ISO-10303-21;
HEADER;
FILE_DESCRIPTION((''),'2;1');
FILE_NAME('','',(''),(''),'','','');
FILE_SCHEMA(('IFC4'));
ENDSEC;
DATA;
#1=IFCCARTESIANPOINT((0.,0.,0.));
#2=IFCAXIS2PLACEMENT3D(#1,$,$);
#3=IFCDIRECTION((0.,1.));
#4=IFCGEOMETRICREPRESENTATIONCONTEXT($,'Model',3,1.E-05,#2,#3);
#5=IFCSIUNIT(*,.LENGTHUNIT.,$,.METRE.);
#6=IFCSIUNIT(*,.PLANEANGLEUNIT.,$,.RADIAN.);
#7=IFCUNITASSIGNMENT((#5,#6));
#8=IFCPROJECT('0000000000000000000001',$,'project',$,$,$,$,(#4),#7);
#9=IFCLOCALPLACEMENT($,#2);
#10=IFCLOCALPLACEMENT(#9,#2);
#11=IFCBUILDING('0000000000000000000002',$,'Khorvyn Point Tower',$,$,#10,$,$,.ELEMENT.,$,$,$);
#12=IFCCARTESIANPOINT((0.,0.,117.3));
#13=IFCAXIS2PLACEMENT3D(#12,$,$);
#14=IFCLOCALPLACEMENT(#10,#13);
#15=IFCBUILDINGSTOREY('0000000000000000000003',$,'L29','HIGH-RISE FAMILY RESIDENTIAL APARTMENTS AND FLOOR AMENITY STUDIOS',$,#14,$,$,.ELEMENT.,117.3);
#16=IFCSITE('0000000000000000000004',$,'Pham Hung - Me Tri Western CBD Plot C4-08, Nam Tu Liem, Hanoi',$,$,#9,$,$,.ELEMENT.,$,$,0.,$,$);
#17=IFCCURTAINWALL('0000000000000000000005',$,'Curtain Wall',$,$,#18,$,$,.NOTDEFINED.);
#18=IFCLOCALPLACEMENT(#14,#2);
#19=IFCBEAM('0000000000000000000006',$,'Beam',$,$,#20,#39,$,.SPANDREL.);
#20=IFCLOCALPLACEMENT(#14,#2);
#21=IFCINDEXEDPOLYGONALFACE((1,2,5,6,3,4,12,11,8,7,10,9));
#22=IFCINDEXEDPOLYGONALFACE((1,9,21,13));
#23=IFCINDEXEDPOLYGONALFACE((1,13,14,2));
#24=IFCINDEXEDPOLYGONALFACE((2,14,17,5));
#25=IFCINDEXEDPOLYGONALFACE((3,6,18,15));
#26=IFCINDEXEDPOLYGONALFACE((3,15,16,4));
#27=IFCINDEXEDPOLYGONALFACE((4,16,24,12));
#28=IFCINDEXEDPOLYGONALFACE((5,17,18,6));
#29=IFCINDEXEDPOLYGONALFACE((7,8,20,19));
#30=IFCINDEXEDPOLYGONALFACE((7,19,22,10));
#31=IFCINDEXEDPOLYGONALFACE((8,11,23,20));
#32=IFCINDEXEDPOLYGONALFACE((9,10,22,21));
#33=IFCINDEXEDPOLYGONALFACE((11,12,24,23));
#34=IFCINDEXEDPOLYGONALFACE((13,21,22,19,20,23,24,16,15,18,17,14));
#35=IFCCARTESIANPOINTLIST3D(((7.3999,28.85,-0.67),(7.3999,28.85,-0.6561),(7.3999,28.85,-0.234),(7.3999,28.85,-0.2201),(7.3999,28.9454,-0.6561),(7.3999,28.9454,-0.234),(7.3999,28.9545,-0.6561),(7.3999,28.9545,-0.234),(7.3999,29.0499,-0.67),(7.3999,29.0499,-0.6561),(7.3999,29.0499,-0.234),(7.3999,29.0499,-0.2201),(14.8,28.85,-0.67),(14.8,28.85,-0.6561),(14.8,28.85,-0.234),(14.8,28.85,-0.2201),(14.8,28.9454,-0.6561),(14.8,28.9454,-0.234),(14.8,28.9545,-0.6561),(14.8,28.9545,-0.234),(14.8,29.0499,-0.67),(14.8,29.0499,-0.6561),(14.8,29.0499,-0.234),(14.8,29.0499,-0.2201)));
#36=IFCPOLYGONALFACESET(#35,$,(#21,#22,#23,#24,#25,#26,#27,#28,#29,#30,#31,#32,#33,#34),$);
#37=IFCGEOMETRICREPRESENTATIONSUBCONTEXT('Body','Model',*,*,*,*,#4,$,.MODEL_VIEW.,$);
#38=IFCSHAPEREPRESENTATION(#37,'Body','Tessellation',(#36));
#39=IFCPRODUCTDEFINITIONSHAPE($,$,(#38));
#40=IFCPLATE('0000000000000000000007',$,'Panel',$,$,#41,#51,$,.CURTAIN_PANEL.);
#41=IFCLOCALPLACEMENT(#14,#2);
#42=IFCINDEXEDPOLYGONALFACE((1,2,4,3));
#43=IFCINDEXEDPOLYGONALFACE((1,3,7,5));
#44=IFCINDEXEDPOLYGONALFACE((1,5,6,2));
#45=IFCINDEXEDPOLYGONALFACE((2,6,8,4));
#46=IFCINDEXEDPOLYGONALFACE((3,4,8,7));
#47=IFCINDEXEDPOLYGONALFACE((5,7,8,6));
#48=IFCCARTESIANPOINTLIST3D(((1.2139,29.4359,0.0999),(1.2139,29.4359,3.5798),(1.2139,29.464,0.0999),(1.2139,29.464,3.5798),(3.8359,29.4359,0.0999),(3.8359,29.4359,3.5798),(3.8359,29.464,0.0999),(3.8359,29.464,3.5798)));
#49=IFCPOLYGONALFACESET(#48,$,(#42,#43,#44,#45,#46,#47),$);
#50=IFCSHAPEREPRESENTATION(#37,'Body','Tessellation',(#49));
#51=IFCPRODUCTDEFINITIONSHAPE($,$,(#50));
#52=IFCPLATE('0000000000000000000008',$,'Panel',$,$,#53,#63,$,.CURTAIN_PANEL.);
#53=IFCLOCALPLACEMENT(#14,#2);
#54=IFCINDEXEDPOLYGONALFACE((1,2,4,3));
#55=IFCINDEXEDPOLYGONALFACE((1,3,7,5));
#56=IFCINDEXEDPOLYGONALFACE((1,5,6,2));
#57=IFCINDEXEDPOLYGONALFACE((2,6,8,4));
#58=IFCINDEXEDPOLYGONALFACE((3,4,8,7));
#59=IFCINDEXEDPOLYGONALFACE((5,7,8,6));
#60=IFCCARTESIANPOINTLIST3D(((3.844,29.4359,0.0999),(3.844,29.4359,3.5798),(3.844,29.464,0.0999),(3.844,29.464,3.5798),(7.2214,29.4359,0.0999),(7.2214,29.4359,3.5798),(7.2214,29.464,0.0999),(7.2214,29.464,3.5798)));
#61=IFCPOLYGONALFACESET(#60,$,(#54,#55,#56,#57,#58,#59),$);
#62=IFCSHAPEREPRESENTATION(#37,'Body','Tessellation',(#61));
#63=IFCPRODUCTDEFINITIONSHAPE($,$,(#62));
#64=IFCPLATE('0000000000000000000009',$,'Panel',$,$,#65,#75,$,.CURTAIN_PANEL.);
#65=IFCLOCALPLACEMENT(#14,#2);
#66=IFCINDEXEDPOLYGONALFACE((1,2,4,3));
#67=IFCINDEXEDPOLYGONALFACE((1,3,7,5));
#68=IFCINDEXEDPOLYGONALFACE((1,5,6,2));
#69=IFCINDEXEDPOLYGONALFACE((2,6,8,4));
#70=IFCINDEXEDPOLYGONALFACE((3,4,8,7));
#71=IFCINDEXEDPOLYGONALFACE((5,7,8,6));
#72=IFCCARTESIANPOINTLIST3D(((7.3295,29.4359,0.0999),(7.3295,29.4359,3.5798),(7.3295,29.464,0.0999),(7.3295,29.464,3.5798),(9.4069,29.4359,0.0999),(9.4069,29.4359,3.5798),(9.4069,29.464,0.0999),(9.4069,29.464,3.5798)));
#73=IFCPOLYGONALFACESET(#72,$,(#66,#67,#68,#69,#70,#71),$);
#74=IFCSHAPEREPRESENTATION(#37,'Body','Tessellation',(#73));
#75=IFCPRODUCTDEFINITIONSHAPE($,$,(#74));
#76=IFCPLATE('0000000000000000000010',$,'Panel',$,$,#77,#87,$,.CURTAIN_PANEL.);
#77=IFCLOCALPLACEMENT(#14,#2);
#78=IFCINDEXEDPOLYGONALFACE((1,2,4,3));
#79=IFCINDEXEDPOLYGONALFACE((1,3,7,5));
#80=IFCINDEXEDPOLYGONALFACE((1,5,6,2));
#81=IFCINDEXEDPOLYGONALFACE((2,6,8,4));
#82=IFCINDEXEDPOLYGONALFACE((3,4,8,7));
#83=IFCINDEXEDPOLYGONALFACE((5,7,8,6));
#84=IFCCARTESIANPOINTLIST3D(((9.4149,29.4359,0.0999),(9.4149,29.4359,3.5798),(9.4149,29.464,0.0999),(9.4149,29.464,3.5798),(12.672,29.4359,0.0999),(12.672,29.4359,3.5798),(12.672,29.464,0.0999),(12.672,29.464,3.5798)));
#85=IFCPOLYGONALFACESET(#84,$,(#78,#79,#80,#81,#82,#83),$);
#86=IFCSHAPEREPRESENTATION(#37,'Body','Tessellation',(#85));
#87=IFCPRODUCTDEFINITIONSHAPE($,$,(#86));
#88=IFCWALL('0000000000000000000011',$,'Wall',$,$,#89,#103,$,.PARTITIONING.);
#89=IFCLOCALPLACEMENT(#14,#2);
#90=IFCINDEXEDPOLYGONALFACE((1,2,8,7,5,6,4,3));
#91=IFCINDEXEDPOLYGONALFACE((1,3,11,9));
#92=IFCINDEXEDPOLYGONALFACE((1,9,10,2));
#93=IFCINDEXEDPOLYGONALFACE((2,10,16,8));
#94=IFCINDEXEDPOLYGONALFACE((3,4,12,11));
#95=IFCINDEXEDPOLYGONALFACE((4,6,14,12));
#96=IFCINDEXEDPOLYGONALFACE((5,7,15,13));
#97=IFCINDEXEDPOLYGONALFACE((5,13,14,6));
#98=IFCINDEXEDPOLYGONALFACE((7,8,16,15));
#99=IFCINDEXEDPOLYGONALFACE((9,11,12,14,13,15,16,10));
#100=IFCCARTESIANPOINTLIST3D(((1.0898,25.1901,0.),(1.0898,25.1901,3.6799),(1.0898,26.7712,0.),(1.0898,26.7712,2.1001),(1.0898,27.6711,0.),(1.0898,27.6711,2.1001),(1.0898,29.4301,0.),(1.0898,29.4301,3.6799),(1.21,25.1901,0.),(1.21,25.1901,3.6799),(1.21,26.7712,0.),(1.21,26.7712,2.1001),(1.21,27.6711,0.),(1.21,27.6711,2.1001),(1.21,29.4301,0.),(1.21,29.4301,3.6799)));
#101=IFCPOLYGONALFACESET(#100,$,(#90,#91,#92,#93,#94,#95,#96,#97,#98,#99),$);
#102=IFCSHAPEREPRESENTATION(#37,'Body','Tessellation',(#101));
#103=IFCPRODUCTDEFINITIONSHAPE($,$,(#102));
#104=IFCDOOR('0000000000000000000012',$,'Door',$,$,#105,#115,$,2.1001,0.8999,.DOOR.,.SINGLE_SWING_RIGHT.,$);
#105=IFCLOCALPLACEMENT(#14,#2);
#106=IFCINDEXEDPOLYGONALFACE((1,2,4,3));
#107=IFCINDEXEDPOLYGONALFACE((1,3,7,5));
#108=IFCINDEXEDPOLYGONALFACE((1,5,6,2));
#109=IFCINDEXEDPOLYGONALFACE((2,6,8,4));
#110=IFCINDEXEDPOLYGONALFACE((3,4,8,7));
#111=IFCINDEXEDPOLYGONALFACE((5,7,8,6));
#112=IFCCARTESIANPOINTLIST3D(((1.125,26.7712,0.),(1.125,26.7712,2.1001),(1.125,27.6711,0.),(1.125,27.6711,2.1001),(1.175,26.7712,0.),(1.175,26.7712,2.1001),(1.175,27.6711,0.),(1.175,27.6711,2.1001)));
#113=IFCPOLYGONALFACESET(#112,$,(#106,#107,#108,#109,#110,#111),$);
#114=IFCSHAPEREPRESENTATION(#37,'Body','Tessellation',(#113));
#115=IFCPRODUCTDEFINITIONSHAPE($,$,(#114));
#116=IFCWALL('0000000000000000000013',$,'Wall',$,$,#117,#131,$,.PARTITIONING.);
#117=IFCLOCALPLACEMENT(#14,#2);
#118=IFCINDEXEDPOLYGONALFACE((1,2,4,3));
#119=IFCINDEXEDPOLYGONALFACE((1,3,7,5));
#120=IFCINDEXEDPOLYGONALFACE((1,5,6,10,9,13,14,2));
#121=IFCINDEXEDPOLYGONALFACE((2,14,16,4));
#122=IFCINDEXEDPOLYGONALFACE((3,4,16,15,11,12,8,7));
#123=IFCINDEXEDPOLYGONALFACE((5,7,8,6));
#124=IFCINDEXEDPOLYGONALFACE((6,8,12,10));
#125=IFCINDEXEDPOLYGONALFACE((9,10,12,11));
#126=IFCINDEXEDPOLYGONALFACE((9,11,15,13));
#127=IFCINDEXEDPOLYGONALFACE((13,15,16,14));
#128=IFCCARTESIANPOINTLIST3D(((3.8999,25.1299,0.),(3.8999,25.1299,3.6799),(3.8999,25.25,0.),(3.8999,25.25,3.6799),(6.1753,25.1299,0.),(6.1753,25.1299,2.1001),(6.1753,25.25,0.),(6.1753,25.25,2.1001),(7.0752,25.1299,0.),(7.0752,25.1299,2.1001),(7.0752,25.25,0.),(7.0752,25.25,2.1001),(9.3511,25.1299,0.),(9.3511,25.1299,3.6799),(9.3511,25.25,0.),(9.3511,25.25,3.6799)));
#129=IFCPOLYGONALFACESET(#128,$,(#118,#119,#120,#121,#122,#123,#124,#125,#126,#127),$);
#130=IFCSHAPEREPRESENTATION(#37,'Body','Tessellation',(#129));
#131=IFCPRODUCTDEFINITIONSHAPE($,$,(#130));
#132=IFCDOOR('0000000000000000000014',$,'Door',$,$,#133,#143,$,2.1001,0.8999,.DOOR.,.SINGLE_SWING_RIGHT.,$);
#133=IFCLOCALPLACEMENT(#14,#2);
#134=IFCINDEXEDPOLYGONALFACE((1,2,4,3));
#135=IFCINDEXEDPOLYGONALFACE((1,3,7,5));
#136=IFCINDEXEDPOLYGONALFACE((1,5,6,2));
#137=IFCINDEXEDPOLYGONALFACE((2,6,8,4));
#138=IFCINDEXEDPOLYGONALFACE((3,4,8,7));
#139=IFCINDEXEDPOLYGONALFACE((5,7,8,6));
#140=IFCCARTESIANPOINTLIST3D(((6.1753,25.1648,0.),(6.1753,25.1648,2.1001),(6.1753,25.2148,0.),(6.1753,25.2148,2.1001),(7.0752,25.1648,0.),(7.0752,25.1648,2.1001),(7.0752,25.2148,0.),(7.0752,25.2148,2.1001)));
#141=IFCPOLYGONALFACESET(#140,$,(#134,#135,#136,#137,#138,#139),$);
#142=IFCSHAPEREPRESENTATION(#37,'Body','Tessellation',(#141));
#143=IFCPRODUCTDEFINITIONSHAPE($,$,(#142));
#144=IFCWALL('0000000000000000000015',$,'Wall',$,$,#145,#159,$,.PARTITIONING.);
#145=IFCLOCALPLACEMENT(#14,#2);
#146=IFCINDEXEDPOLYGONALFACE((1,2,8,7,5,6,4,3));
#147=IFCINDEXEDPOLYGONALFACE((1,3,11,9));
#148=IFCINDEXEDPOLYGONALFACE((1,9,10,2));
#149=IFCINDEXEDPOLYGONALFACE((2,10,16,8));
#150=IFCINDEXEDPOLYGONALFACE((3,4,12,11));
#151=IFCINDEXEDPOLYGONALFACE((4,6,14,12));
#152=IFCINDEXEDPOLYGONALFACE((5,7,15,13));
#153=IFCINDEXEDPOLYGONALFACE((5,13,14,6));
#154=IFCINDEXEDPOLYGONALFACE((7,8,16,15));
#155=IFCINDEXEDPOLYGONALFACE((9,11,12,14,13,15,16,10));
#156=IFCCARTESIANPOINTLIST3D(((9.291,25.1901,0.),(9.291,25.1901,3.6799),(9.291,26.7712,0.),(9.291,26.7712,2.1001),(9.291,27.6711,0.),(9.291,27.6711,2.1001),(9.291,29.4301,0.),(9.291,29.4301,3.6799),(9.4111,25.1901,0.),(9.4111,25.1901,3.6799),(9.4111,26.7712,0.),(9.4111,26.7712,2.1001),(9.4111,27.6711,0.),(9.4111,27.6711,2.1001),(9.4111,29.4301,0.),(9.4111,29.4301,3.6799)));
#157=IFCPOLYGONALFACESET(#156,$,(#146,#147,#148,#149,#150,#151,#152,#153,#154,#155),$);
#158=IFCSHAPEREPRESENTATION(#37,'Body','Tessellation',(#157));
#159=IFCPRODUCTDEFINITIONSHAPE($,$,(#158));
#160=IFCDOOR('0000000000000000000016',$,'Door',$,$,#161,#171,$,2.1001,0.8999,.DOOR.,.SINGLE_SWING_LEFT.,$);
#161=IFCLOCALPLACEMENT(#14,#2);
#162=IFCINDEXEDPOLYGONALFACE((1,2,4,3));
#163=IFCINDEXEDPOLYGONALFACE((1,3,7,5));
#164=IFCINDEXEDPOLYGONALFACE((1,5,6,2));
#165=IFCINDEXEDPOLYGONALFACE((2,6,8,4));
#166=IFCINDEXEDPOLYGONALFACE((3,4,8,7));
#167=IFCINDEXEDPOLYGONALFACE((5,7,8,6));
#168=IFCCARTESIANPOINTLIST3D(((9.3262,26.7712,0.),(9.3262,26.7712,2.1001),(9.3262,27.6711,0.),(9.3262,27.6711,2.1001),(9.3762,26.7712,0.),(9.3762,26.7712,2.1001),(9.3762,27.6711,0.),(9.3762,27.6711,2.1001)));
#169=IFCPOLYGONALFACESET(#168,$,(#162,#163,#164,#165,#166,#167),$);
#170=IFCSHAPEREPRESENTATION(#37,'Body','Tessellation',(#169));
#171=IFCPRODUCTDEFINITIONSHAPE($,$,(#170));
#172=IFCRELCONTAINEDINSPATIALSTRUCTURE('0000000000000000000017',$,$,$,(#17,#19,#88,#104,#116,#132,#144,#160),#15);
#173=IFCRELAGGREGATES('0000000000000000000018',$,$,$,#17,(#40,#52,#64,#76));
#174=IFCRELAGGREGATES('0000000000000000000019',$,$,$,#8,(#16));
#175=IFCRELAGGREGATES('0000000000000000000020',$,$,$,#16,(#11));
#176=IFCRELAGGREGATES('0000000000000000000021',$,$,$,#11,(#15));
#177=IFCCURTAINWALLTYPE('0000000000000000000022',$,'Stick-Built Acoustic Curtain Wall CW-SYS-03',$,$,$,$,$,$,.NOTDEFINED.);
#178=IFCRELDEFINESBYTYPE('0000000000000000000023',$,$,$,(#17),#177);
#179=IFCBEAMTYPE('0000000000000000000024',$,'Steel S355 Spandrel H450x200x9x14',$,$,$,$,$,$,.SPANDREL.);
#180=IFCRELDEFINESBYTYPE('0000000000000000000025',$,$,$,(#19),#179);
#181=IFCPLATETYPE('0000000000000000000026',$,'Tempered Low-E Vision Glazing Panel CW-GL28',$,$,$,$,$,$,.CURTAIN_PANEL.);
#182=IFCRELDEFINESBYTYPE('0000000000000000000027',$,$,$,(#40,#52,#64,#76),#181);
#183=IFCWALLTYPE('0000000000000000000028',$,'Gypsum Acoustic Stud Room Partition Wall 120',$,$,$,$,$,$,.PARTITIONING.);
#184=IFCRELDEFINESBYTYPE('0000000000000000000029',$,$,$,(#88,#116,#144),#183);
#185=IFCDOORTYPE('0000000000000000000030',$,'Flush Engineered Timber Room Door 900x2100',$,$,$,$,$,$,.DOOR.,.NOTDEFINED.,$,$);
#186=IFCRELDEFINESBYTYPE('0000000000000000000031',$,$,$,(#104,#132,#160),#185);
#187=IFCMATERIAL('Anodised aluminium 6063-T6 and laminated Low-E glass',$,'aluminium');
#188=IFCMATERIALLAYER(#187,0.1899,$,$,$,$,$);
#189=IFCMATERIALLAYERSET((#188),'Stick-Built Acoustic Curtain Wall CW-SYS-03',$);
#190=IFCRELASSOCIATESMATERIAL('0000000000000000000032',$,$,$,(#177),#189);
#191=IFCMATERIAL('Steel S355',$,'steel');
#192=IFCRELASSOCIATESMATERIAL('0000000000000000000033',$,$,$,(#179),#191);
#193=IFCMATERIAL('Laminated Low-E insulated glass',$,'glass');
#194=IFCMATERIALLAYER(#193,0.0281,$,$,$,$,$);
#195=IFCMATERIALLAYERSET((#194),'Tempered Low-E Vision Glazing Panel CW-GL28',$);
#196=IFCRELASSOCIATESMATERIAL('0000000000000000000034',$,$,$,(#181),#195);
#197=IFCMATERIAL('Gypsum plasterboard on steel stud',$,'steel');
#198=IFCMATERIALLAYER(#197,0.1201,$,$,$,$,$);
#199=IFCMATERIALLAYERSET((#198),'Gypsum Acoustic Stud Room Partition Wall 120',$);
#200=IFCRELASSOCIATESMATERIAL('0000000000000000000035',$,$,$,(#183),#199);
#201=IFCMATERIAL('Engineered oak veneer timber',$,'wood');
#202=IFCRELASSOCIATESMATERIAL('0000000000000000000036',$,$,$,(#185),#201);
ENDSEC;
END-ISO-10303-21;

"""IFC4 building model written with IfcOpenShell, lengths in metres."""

from ifc_helpers import new_model, si_unit, direction, frame, frame_2d, origin, origin_2d, place, context, subcontext, project, spatial, rectangle, i_section, extrude, material, layer, layer_set, material_profile, profile_set, type_object, element, fill, aggregate, save


model = new_model("IFC4")

# Units and contexts
model_context = context("Model", 3, precision=1e-05, world=origin(), true_north=direction((0.0, 1.0)))
body_context = subcontext(model_context, "Body", "Model", "MODEL_VIEW")
ifc_project = project(units=[si_unit("LENGTHUNIT", "METRE"), si_unit("PLANEANGLEUNIT", "RADIAN")], contexts=[model_context])

# Site, building, storey
site_placement = place(None, origin())
site = spatial("IfcSite", under=ifc_project, at=site_placement, Name="Pham Hung - Me Tri Western CBD Plot C4-08, Nam Tu Liem, Hanoi", CompositionType="ELEMENT", RefElevation=0.0)
building_placement = place(site_placement, origin())
building = spatial("IfcBuilding", under=site, at=building_placement, Name="Khorvyn Point Tower", CompositionType="ELEMENT")
storey_placement = place(building_placement, frame((0.0, 0.0, 117.3)))
storey = spatial("IfcBuildingStorey", under=building, at=storey_placement, Name="L29", Description="HIGH-RISE FAMILY RESIDENTIAL APARTMENTS AND FLOOR AMENITY STUDIOS", CompositionType="ELEMENT", Elevation=117.3)

# Curtain wall
ifc_material_1 = material(Name="Anodised aluminium 6063-T6 and laminated Low-E glass", Category="aluminium")
ifc_layer_1 = layer(ifc_material_1, 0.1899)
ifc_layer_set_1 = layer_set([ifc_layer_1], Name="Stick-Built Acoustic Curtain Wall CW-SYS-03")
curtain_wall_type = type_object("IfcCurtainWallType", Name="Stick-Built Acoustic Curtain Wall CW-SYS-03", PredefinedType="NOTDEFINED", material=ifc_layer_set_1)
curtain_wall_placement = place(storey_placement, origin())
curtain_wall = element("IfcCurtainWall", 1, at=curtain_wall_placement, inside=storey, type_object=curtain_wall_type, Name="Curtain Wall", PredefinedType="NOTDEFINED")

# Beam
ifc_material_2 = material(Name="Steel S355", Category="steel")
ifc_material_profile_1 = material_profile(ifc_material_2, i_section(OverallWidth=0.2, OverallDepth=0.45, WebThickness=0.009, FlangeThickness=0.0139, at=origin_2d()))
ifc_profile_set_1 = profile_set([ifc_material_profile_1], Name="Steel S355 H450x200x9x14")
beam_type_1 = type_object("IfcBeamType", Name="Steel S355 Spandrel H450x200x9x14", PredefinedType="SPANDREL", material=ifc_profile_set_1)
beam_1_placement = place(storey_placement, frame((7.3999, 28.95, -0.4451), z_axis=(1.0, 0.0, 0.0), x_axis=(0.0, 1.0, 0.0)))
element("IfcBeam", 2, at=beam_1_placement, inside=storey, type_object=beam_type_1, Name="Beam", PredefinedType="SPANDREL", context=body_context, shape_type="SweptSolid", body=[
    extrude(i_section(OverallWidth=0.2, OverallDepth=0.45, WebThickness=0.009, FlangeThickness=0.0139, at=origin_2d()), origin(), (0.0, 0.0, 1.0), 7.4001),
])

# Plates
ifc_material_3 = material(Name="Laminated Low-E insulated glass", Category="glass")
ifc_layer_2 = layer(ifc_material_3, 0.0281)
ifc_layer_set_2 = layer_set([ifc_layer_2], Name="Tempered Low-E Vision Glazing Panel CW-GL28")
plate_type = type_object("IfcPlateType", Name="Tempered Low-E Vision Glazing Panel CW-GL28", PredefinedType="CURTAIN_PANEL", material=ifc_layer_set_2)
plate_1_placement = place(storey_placement, frame((2.5249, 29.45, 0.0999), z_axis=(0.0, 0.0, 1.0), x_axis=(1.0, 0.0, 0.0)))
plate_1 = element("IfcPlate", 3, at=plate_1_placement, type_object=plate_type, Name="Panel", PredefinedType="CURTAIN_PANEL", context=body_context, shape_type="SweptSolid", body=[
    extrude(rectangle(XDim=2.6221, YDim=0.0281, at=origin_2d()), origin(), (0.0, 0.0, 1.0), 3.48),
])
plate_2_placement = place(storey_placement, frame((5.5327, 29.45, 0.0999), z_axis=(0.0, 0.0, 1.0), x_axis=(1.0, 0.0, 0.0)))
plate_2 = element("IfcPlate", 4, at=plate_2_placement, type_object=plate_type, Name="Panel", PredefinedType="CURTAIN_PANEL", context=body_context, shape_type="SweptSolid", body=[
    extrude(rectangle(XDim=3.3774, YDim=0.0281, at=origin_2d()), origin(), (0.0, 0.0, 1.0), 3.48),
])
plate_3_placement = place(storey_placement, frame((8.3682, 29.45, 0.0999), z_axis=(0.0, 0.0, 1.0), x_axis=(1.0, 0.0, 0.0)))
plate_3 = element("IfcPlate", 5, at=plate_3_placement, type_object=plate_type, Name="Panel", PredefinedType="CURTAIN_PANEL", context=body_context, shape_type="SweptSolid", body=[
    extrude(rectangle(XDim=2.0774, YDim=0.0281, at=origin_2d()), origin(), (0.0, 0.0, 1.0), 3.48),
])
plate_4_placement = place(storey_placement, frame((11.0435, 29.45, 0.0999), z_axis=(0.0, 0.0, 1.0), x_axis=(1.0, 0.0, 0.0)))
plate_4 = element("IfcPlate", 6, at=plate_4_placement, type_object=plate_type, Name="Panel", PredefinedType="CURTAIN_PANEL", context=body_context, shape_type="SweptSolid", body=[
    extrude(rectangle(XDim=3.2571, YDim=0.0281, at=origin_2d()), origin(), (0.0, 0.0, 1.0), 3.48),
])
aggregate(curtain_wall, [plate_1, plate_2, plate_3, plate_4])

# Walls, openings, doors
ifc_material_4 = material(Name="Gypsum plasterboard on steel stud", Category="steel")
ifc_layer_3 = layer(ifc_material_4, 0.1201)
ifc_layer_set_3 = layer_set([ifc_layer_3], Name="Gypsum Acoustic Stud Room Partition Wall 120")
wall_type_1 = type_object("IfcWallType", Name="Gypsum Acoustic Stud Room Partition Wall 120", PredefinedType="PARTITIONING", material=ifc_layer_set_3)
wall_1_placement = place(storey_placement, frame((1.1499, 25.1899, 0.0), z_axis=(0.0, 0.0, 1.0), x_axis=(0.0, 1.0, 0.0)))
wall_1 = element("IfcWall", 7, at=wall_1_placement, inside=storey, type_object=wall_type_1, Name="Wall", PredefinedType="PARTITIONING", context=body_context, shape_type="SweptSolid", body=[
    extrude(rectangle(XDim=4.24, YDim=0.1201, at=frame_2d((2.1201, 0.0))), origin(), (0.0, 0.0, 1.0), 3.6799),
])
opening_1_placement = place(wall_1_placement, frame((1.5813, 0.0, 0.0)))
opening_1 = element("IfcOpeningElement", 8, at=opening_1_placement, cuts=wall_1, PredefinedType="OPENING", context=body_context, shape_type="SweptSolid", body=[
    extrude(rectangle(XDim=0.8999, YDim=2.1001, at=frame_2d((0.45, 1.05))), frame((0.0, 0.0701, 0.0), z_axis=(0.0, -1.0, 0.0), x_axis=(1.0, 0.0, 0.0)), (0.0, 0.0, 1.0), 0.1401),
])
ifc_material_5 = material(Name="Engineered oak veneer timber", Category="wood")
door_type_1 = type_object("IfcDoorType", Name="Flush Engineered Timber Room Door 900x2100", OperationType="NOTDEFINED", PredefinedType="DOOR", material=ifc_material_5)
door_1_placement = place(opening_1_placement, origin())
door_1 = element("IfcDoor", 9, at=door_1_placement, inside=storey, type_object=door_type_1, Name="Door", OperationType="SINGLE_SWING_RIGHT", OverallHeight=2.1001, OverallWidth=0.8999, PredefinedType="DOOR", context=body_context, shape_type="SweptSolid", body=[
    extrude(rectangle(XDim=0.8999, YDim=2.1001, at=frame_2d((0.45, 1.05))), frame((0.0, 0.0249, 0.0), z_axis=(0.0, -1.0, 0.0), x_axis=(1.0, 0.0, 0.0)), (0.0, 0.0, 1.0), 0.05),
])
fill(opening_1, door_1)
wall_2_placement = place(storey_placement, frame((3.8999, 25.1899, 0.0), z_axis=(0.0, 0.0, 1.0), x_axis=(1.0, 0.0, 0.0)))
wall_2 = element("IfcWall", 10, at=wall_2_placement, inside=storey, type_object=wall_type_1, Name="Wall", PredefinedType="PARTITIONING", context=body_context, shape_type="SweptSolid", body=[
    extrude(rectangle(XDim=5.4512, YDim=0.1201, at=frame_2d((2.7256, 0.0))), origin(), (0.0, 0.0, 1.0), 3.6799),
])
opening_2_placement = place(wall_2_placement, frame((2.2754, 0.0, 0.0)))
opening_2 = element("IfcOpeningElement", 11, at=opening_2_placement, cuts=wall_2, PredefinedType="OPENING", context=body_context, shape_type="SweptSolid", body=[
    extrude(rectangle(XDim=0.8999, YDim=2.1001, at=frame_2d((0.45, 1.05))), frame((0.0, 0.0701, 0.0), z_axis=(0.0, -1.0, 0.0), x_axis=(1.0, 0.0, 0.0)), (0.0, 0.0, 1.0), 0.1401),
])
door_2_placement = place(opening_2_placement, origin())
door_2 = element("IfcDoor", 12, at=door_2_placement, inside=storey, type_object=door_type_1, Name="Door", OperationType="SINGLE_SWING_RIGHT", OverallHeight=2.1001, OverallWidth=0.8999, PredefinedType="DOOR", context=body_context, shape_type="SweptSolid", body=[
    extrude(rectangle(XDim=0.8999, YDim=2.1001, at=frame_2d((0.45, 1.05))), frame((0.0, 0.0249, 0.0), z_axis=(0.0, -1.0, 0.0), x_axis=(1.0, 0.0, 0.0)), (0.0, 0.0, 1.0), 0.05),
])
fill(opening_2, door_2)
wall_3_placement = place(storey_placement, frame((9.3511, 25.1899, 0.0), z_axis=(0.0, 0.0, 1.0), x_axis=(0.0, 1.0, 0.0)))
wall_3 = element("IfcWall", 13, at=wall_3_placement, inside=storey, type_object=wall_type_1, Name="Wall", PredefinedType="PARTITIONING", context=body_context, shape_type="SweptSolid", body=[
    extrude(rectangle(XDim=4.24, YDim=0.1201, at=frame_2d((2.1201, 0.0))), origin(), (0.0, 0.0, 1.0), 3.6799),
])
opening_3_placement = place(wall_3_placement, frame((1.5813, 0.0, 0.0)))
opening_3 = element("IfcOpeningElement", 14, at=opening_3_placement, cuts=wall_3, PredefinedType="OPENING", context=body_context, shape_type="SweptSolid", body=[
    extrude(rectangle(XDim=0.8999, YDim=2.1001, at=frame_2d((0.45, 1.05))), frame((0.0, 0.0701, 0.0), z_axis=(0.0, -1.0, 0.0), x_axis=(1.0, 0.0, 0.0)), (0.0, 0.0, 1.0), 0.1401),
])
door_3_placement = place(opening_3_placement, origin())
door_3 = element("IfcDoor", 15, at=door_3_placement, inside=storey, type_object=door_type_1, Name="Door", OperationType="SINGLE_SWING_LEFT", OverallHeight=2.1001, OverallWidth=0.8999, PredefinedType="DOOR", context=body_context, shape_type="SweptSolid", body=[
    extrude(rectangle(XDim=0.8999, YDim=2.1001, at=frame_2d((0.45, 1.05))), frame((0.0, 0.0249, 0.0), z_axis=(0.0, -1.0, 0.0), x_axis=(1.0, 0.0, 0.0)), (0.0, 0.0, 1.0), 0.05),
])
fill(opening_3, door_3)

save(model, "model.ifc")
